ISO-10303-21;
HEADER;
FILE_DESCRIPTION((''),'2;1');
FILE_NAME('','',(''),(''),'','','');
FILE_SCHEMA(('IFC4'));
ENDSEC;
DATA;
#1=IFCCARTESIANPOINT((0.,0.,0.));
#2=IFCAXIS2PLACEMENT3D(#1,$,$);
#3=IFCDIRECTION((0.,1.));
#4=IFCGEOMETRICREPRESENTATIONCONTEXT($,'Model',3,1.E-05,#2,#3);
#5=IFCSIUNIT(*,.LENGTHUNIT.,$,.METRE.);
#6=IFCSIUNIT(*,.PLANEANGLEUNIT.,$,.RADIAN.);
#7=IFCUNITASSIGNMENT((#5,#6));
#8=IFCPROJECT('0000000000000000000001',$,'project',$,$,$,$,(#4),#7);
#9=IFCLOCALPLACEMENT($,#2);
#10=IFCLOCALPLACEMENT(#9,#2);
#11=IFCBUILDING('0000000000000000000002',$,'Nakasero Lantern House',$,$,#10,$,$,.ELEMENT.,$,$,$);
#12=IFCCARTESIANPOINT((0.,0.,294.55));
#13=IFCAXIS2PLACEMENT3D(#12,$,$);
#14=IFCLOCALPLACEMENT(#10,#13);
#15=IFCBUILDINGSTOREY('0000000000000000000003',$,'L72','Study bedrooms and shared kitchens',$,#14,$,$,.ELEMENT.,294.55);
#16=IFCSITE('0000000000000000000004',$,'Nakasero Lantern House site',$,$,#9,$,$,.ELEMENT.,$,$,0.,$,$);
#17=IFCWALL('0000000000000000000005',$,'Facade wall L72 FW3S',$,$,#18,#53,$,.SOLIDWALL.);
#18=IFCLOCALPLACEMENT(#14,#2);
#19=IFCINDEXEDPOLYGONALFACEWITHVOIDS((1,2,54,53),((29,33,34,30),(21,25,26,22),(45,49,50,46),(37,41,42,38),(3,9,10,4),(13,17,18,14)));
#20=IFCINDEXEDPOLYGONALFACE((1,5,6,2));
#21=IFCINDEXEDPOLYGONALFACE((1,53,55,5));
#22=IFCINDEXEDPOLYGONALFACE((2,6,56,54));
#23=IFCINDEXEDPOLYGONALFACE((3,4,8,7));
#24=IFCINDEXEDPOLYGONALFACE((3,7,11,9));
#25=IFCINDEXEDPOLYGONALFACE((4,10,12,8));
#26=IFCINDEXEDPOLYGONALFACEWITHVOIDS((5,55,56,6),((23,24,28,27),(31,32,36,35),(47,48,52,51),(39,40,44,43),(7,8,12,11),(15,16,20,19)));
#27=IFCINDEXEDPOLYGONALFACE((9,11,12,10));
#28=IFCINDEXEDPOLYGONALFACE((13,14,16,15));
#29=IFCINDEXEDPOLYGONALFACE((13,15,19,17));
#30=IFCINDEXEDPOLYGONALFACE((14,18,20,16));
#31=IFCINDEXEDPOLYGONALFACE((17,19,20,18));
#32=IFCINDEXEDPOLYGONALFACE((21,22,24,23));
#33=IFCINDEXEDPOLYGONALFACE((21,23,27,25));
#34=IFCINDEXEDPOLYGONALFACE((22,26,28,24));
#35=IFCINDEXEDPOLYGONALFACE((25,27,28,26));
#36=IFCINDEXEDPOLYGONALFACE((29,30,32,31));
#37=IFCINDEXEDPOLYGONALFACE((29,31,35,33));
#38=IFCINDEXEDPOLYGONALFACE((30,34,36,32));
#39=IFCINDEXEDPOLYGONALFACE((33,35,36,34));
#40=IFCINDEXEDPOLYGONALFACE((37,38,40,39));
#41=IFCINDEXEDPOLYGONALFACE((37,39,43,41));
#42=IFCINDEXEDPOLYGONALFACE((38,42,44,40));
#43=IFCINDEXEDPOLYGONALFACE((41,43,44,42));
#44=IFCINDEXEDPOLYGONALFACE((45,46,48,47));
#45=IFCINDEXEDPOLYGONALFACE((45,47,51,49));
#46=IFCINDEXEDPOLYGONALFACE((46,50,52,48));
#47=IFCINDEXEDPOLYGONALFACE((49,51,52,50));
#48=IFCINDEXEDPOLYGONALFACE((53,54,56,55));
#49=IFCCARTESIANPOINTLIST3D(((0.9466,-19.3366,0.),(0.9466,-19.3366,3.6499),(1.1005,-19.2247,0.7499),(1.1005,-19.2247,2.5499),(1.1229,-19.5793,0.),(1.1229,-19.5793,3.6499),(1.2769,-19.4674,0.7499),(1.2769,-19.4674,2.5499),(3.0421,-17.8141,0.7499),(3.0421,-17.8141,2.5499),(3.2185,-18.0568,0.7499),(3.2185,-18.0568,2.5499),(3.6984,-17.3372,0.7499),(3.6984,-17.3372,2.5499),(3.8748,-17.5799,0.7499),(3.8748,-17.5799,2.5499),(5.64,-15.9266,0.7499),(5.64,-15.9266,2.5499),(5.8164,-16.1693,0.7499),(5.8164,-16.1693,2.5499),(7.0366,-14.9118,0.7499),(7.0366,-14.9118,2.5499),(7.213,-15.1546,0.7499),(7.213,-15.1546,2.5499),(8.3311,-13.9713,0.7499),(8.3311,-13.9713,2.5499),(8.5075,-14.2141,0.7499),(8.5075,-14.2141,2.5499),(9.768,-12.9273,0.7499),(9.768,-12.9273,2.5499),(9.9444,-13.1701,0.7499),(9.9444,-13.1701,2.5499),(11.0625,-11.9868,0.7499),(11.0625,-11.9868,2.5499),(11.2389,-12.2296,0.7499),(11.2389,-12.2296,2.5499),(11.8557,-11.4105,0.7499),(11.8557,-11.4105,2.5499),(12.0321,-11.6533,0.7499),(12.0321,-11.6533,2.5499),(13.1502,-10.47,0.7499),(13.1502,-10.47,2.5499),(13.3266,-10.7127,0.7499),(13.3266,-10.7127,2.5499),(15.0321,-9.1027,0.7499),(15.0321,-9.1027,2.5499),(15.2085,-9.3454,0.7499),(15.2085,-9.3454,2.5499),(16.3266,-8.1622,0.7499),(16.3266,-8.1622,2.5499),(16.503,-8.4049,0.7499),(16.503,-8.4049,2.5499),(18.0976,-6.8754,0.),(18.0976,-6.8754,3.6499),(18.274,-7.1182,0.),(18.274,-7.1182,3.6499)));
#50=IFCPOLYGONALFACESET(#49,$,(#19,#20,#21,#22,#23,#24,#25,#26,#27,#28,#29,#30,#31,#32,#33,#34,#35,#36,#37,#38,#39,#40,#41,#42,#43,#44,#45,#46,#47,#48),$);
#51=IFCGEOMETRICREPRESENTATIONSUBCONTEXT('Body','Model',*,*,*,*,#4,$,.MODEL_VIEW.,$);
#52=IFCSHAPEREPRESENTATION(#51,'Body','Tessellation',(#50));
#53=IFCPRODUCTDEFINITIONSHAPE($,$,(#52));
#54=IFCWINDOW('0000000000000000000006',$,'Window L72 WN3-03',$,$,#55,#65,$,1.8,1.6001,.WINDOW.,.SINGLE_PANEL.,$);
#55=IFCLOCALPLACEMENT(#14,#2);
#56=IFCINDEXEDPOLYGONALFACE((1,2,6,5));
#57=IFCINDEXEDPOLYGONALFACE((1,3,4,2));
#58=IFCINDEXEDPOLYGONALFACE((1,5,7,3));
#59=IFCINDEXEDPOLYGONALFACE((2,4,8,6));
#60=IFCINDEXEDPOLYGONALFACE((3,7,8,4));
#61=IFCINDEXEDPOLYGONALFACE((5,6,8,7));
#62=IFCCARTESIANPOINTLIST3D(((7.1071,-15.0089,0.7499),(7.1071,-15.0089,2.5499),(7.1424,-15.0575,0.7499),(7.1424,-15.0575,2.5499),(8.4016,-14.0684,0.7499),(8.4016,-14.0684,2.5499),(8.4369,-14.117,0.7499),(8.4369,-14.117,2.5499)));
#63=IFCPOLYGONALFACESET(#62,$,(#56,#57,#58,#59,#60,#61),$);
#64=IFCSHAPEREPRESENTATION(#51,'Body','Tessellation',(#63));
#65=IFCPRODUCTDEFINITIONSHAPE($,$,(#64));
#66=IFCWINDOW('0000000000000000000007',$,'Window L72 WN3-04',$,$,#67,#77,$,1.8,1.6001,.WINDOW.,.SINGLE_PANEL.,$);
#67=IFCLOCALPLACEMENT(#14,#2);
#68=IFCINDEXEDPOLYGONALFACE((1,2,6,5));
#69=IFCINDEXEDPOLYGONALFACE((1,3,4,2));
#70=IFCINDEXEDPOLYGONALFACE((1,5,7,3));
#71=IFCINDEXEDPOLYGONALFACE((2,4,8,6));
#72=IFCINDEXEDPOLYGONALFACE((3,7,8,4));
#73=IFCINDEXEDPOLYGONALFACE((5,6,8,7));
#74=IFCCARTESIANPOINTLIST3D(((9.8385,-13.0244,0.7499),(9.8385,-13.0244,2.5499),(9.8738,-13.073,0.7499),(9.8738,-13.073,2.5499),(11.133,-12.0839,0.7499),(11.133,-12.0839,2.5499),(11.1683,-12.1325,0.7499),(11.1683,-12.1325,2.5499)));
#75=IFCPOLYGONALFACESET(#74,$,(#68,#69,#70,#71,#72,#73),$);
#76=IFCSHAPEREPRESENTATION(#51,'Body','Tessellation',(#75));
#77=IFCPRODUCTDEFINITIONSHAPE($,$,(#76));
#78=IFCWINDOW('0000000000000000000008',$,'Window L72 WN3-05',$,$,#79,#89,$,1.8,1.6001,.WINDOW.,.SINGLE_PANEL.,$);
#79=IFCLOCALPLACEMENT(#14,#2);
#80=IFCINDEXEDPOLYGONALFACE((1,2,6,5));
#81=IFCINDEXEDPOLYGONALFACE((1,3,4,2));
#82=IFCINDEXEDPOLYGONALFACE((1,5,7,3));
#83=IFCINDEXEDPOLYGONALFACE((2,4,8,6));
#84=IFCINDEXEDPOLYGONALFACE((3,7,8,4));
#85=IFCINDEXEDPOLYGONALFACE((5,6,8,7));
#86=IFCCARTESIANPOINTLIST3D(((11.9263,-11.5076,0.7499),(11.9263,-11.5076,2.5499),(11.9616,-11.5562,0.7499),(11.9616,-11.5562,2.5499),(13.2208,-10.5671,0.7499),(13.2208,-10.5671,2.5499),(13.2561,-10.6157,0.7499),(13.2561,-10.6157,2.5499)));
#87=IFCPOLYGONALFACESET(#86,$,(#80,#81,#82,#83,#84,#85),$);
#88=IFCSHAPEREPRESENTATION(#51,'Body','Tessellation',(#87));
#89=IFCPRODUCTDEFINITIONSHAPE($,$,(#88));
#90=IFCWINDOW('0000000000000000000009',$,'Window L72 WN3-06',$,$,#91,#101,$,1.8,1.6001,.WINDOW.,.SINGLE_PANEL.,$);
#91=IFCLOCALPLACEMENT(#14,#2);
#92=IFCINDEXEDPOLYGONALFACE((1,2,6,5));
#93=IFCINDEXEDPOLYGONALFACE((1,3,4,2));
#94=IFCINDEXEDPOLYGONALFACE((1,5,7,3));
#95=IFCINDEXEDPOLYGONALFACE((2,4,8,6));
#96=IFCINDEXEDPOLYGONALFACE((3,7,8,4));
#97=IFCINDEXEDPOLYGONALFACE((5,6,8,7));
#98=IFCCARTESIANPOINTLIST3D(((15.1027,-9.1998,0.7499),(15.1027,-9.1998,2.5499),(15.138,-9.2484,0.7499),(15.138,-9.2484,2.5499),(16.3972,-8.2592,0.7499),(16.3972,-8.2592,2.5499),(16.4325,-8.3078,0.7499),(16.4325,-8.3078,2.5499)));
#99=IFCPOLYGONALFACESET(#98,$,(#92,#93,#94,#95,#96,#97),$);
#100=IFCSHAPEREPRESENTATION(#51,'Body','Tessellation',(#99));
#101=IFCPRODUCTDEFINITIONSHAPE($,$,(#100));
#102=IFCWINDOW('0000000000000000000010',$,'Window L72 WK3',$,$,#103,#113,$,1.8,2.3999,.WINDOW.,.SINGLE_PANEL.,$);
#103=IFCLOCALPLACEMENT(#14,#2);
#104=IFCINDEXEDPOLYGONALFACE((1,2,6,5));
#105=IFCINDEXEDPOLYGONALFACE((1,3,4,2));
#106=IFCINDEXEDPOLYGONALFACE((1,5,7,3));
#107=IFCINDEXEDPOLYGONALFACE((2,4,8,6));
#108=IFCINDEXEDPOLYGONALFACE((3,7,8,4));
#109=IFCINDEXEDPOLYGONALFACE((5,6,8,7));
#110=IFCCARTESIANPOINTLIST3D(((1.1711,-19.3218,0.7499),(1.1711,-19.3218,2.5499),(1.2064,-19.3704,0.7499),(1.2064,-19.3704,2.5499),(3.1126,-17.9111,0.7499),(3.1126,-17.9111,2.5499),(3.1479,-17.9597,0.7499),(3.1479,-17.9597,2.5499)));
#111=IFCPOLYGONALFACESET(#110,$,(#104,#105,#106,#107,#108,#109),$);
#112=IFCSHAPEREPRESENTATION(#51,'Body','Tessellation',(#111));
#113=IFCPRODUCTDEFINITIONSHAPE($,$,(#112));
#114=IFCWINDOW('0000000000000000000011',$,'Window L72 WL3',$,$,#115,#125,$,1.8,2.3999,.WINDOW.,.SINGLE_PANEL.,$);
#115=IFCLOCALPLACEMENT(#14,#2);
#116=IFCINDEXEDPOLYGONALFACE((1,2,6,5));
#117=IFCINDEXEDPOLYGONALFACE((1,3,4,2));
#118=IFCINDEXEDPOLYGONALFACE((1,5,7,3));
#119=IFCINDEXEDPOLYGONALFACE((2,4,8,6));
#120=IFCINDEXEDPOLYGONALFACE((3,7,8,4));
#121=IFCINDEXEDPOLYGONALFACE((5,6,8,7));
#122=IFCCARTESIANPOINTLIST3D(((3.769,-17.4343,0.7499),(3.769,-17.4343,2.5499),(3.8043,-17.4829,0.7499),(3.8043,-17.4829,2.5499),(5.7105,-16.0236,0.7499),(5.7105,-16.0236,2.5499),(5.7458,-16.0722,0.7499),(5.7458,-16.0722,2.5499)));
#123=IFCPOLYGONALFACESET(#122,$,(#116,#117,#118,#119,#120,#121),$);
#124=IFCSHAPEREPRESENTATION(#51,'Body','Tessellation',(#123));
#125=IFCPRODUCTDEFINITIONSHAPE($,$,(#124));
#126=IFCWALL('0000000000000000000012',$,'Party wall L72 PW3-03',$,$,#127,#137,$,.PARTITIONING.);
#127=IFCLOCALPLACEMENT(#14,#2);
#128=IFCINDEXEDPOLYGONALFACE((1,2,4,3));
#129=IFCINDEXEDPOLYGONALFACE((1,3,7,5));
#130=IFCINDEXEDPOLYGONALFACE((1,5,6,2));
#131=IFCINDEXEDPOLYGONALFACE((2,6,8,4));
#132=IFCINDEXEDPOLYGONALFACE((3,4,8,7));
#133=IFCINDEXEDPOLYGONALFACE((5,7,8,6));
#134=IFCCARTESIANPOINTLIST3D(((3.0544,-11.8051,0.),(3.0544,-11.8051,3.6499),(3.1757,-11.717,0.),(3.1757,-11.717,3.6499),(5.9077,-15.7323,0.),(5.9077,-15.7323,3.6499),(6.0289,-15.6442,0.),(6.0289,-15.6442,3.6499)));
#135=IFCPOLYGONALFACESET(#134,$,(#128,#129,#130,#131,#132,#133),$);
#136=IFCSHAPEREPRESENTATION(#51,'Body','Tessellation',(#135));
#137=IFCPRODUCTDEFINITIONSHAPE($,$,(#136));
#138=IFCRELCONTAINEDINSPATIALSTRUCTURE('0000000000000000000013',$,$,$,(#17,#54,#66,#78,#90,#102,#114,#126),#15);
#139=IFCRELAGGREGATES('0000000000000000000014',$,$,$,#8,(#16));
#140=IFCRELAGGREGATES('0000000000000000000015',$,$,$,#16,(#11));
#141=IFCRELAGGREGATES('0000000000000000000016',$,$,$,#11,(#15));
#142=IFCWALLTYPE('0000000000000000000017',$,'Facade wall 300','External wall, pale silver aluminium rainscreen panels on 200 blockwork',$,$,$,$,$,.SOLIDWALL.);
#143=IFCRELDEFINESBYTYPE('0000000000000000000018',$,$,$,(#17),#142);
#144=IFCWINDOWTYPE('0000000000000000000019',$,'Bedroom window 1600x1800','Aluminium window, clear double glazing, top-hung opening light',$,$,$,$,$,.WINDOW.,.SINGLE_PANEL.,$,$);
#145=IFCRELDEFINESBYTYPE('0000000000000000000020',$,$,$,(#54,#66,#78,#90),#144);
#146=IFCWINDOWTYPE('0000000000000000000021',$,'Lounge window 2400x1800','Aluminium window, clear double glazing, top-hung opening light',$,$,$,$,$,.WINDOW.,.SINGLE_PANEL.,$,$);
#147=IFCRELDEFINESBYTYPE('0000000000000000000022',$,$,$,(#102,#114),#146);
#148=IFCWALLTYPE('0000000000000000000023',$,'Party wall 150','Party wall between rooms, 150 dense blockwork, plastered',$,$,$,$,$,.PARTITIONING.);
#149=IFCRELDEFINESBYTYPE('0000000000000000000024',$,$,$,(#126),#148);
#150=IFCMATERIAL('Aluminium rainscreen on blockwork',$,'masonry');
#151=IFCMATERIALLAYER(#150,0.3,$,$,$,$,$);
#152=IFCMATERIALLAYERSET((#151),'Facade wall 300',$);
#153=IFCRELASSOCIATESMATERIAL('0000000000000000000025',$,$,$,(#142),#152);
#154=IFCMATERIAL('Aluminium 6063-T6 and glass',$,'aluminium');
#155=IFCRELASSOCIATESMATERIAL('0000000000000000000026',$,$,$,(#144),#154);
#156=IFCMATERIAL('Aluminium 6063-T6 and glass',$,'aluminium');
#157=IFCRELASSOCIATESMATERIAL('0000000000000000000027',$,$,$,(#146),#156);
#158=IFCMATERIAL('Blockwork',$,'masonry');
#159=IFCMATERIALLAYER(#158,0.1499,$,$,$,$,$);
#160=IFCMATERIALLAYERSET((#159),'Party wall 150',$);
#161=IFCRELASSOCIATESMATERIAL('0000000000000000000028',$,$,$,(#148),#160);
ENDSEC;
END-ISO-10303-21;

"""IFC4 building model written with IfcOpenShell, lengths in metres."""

from ifc_helpers import new_model, si_unit, direction, frame, frame_2d, origin, place, context, subcontext, project, spatial, rectangle, extrude, material, layer, layer_set, type_object, element, fill, save


model = new_model("IFC4")

# Units and contexts
model_context = context("Model", 3, precision=1e-05, world=origin(), true_north=direction((0.0, 1.0)))
body_context = subcontext(model_context, "Body", "Model", "MODEL_VIEW")
ifc_project = project(units=[si_unit("LENGTHUNIT", "METRE"), si_unit("PLANEANGLEUNIT", "RADIAN")], contexts=[model_context])

# Site, building, storey
site_placement = place(None, origin())
site = spatial("IfcSite", under=ifc_project, at=site_placement, Name="Nakasero Lantern House site", CompositionType="ELEMENT", RefElevation=0.0)
building_placement = place(site_placement, origin())
building = spatial("IfcBuilding", under=site, at=building_placement, Name="Nakasero Lantern House", CompositionType="ELEMENT")
storey_placement = place(building_placement, frame((0.0, 0.0, 294.55)))
storey = spatial("IfcBuildingStorey", under=building, at=storey_placement, Name="L72", Description="Study bedrooms and shared kitchens", CompositionType="ELEMENT", Elevation=294.55)

# Wall, openings, windows
ifc_material_1 = material(Name="Aluminium rainscreen on blockwork", Category="masonry")
ifc_layer_1 = layer(ifc_material_1, 0.3)
ifc_layer_set_1 = layer_set([ifc_layer_1], Name="Facade wall 300")
wall_type_1 = type_object("IfcWallType", Name="Facade wall 300", Description="External wall, pale silver aluminium rainscreen panels on 200 blockwork", PredefinedType="SOLIDWALL", material=ifc_layer_set_1)
wall_1_placement = place(storey_placement, frame((1.0347, -19.458, 0.0), z_axis=(0.0, 0.0, 1.0), x_axis=(0.809013, 0.58779, 0.0)))
wall_1 = element("IfcWall", 1, at=wall_1_placement, inside=storey, type_object=wall_type_1, Name="Facade wall L72 FW3S", PredefinedType="SOLIDWALL", context=body_context, shape_type="SweptSolid", body=[
    extrude(rectangle(XDim=21.2, YDim=0.3, at=frame_2d((10.6001, 0.0))), origin(), (0.0, 0.0, 1.0), 3.6499),
])
opening_1_placement = place(wall_1_placement, frame((7.5278, 0.0, 0.75)))
opening_1 = element("IfcOpeningElement", 2, at=opening_1_placement, cuts=wall_1, PredefinedType="OPENING", context=body_context, shape_type="SweptSolid", body=[
    extrude(rectangle(XDim=1.6001, YDim=1.8, at=frame_2d((0.8, 0.8999))), frame((0.0, 0.1699, 0.0), z_axis=(0.0, -1.0, 0.0), x_axis=(1.0, 0.0, 0.0)), (0.0, 0.0, 1.0), 0.3401),
])
opening_2_placement = place(wall_1_placement, frame((10.9041, 0.0, 0.75)))
opening_2 = element("IfcOpeningElement", 3, at=opening_2_placement, cuts=wall_1, PredefinedType="OPENING", context=body_context, shape_type="SweptSolid", body=[
    extrude(rectangle(XDim=1.6001, YDim=1.8, at=frame_2d((0.8, 0.8999))), frame((0.0, 0.1699, 0.0), z_axis=(0.0, -1.0, 0.0), x_axis=(1.0, 0.0, 0.0)), (0.0, 0.0, 1.0), 0.3401),
])
opening_3_placement = place(wall_1_placement, frame((13.4846, 0.0, 0.75)))
opening_3 = element("IfcOpeningElement", 4, at=opening_3_placement, cuts=wall_1, PredefinedType="OPENING", context=body_context, shape_type="SweptSolid", body=[
    extrude(rectangle(XDim=1.6001, YDim=1.8, at=frame_2d((0.8, 0.8999))), frame((0.0, 0.1699, 0.0), z_axis=(0.0, -1.0, 0.0), x_axis=(1.0, 0.0, 0.0)), (0.0, 0.0, 1.0), 0.3401),
])
opening_4_placement = place(wall_1_placement, frame((17.4109, 0.0, 0.75)))
opening_4 = element("IfcOpeningElement", 5, at=opening_4_placement, cuts=wall_1, PredefinedType="OPENING", context=body_context, shape_type="SweptSolid", body=[
    extrude(rectangle(XDim=1.6001, YDim=1.8, at=frame_2d((0.8, 0.8999))), frame((0.0, 0.1699, 0.0), z_axis=(0.0, -1.0, 0.0), x_axis=(1.0, 0.0, 0.0)), (0.0, 0.0, 1.0), 0.3401),
])
opening_5_placement = place(wall_1_placement, frame((0.1904, 0.0, 0.75)))
opening_5 = element("IfcOpeningElement", 6, at=opening_5_placement, cuts=wall_1, PredefinedType="OPENING", context=body_context, shape_type="SweptSolid", body=[
    extrude(rectangle(XDim=2.3999, YDim=1.8, at=frame_2d((1.2, 0.8999))), frame((0.0, 0.1699, 0.0), z_axis=(0.0, -1.0, 0.0), x_axis=(1.0, 0.0, 0.0)), (0.0, 0.0, 1.0), 0.3401),
])
opening_6_placement = place(wall_1_placement, frame((3.4016, 0.0, 0.75)))
opening_6 = element("IfcOpeningElement", 7, at=opening_6_placement, cuts=wall_1, PredefinedType="OPENING", context=body_context, shape_type="SweptSolid", body=[
    extrude(rectangle(XDim=2.3999, YDim=1.8, at=frame_2d((1.2, 0.8999))), frame((0.0, 0.1699, 0.0), z_axis=(0.0, -1.0, 0.0), x_axis=(1.0, 0.0, 0.0)), (0.0, 0.0, 1.0), 0.3401),
])
ifc_material_2 = material(Name="Aluminium 6063-T6 and glass", Category="aluminium")
window_type_1 = type_object("IfcWindowType", Name="Bedroom window 1600x1800", Description="Aluminium window, clear double glazing, top-hung opening light", PartitioningType="SINGLE_PANEL", PredefinedType="WINDOW", material=ifc_material_2)
window_1_placement = place(opening_1_placement, origin())
window_1 = element("IfcWindow", 8, at=window_1_placement, inside=storey, type_object=window_type_1, Name="Window L72 WN3-03", OverallHeight=1.8, OverallWidth=1.6001, PartitioningType="SINGLE_PANEL", PredefinedType="WINDOW", context=body_context, shape_type="SweptSolid", body=[
    extrude(rectangle(XDim=1.6001, YDim=1.8, at=frame_2d((0.8, 0.8999))), frame((0.0, 0.03, 0.0), z_axis=(0.0, -1.0, 0.0), x_axis=(1.0, 0.0, 0.0)), (0.0, 0.0, 1.0), 0.0601),
])
fill(opening_1, window_1)
window_2_placement = place(opening_2_placement, origin())
window_2 = element("IfcWindow", 9, at=window_2_placement, inside=storey, type_object=window_type_1, Name="Window L72 WN3-04", OverallHeight=1.8, OverallWidth=1.6001, PartitioningType="SINGLE_PANEL", PredefinedType="WINDOW", context=body_context, shape_type="SweptSolid", body=[
    extrude(rectangle(XDim=1.6001, YDim=1.8, at=frame_2d((0.8, 0.8999))), frame((0.0, 0.03, 0.0), z_axis=(0.0, -1.0, 0.0), x_axis=(1.0, 0.0, 0.0)), (0.0, 0.0, 1.0), 0.0601),
])
fill(opening_2, window_2)
window_3_placement = place(opening_3_placement, origin())
window_3 = element("IfcWindow", 10, at=window_3_placement, inside=storey, type_object=window_type_1, Name="Window L72 WN3-05", OverallHeight=1.8, OverallWidth=1.6001, PartitioningType="SINGLE_PANEL", PredefinedType="WINDOW", context=body_context, shape_type="SweptSolid", body=[
    extrude(rectangle(XDim=1.6001, YDim=1.8, at=frame_2d((0.8, 0.8999))), frame((0.0, 0.03, 0.0), z_axis=(0.0, -1.0, 0.0), x_axis=(1.0, 0.0, 0.0)), (0.0, 0.0, 1.0), 0.0601),
])
fill(opening_3, window_3)
window_4_placement = place(opening_4_placement, origin())
window_4 = element("IfcWindow", 11, at=window_4_placement, inside=storey, type_object=window_type_1, Name="Window L72 WN3-06", OverallHeight=1.8, OverallWidth=1.6001, PartitioningType="SINGLE_PANEL", PredefinedType="WINDOW", context=body_context, shape_type="SweptSolid", body=[
    extrude(rectangle(XDim=1.6001, YDim=1.8, at=frame_2d((0.8, 0.8999))), frame((0.0, 0.03, 0.0), z_axis=(0.0, -1.0, 0.0), x_axis=(1.0, 0.0, 0.0)), (0.0, 0.0, 1.0), 0.0601),
])
fill(opening_4, window_4)
ifc_material_3 = material(Name="Aluminium 6063-T6 and glass", Category="aluminium")
window_type_2 = type_object("IfcWindowType", Name="Lounge window 2400x1800", Description="Aluminium window, clear double glazing, top-hung opening light", PartitioningType="SINGLE_PANEL", PredefinedType="WINDOW", material=ifc_material_3)
window_5_placement = place(opening_5_placement, origin())
window_5 = element("IfcWindow", 12, at=window_5_placement, inside=storey, type_object=window_type_2, Name="Window L72 WK3", OverallHeight=1.8, OverallWidth=2.3999, PartitioningType="SINGLE_PANEL", PredefinedType="WINDOW", context=body_context, shape_type="SweptSolid", body=[
    extrude(rectangle(XDim=2.3999, YDim=1.8, at=frame_2d((1.2, 0.8999))), frame((0.0, 0.03, 0.0), z_axis=(0.0, -1.0, 0.0), x_axis=(1.0, 0.0, 0.0)), (0.0, 0.0, 1.0), 0.0601),
])
fill(opening_5, window_5)
window_6_placement = place(opening_6_placement, origin())
window_6 = element("IfcWindow", 13, at=window_6_placement, inside=storey, type_object=window_type_2, Name="Window L72 WL3", OverallHeight=1.8, OverallWidth=2.3999, PartitioningType="SINGLE_PANEL", PredefinedType="WINDOW", context=body_context, shape_type="SweptSolid", body=[
    extrude(rectangle(XDim=2.3999, YDim=1.8, at=frame_2d((1.2, 0.8999))), frame((0.0, 0.03, 0.0), z_axis=(0.0, -1.0, 0.0), x_axis=(1.0, 0.0, 0.0)), (0.0, 0.0, 1.0), 0.0601),
])
fill(opening_6, window_6)

# Wall
ifc_material_4 = material(Name="Blockwork", Category="masonry")
ifc_layer_2 = layer(ifc_material_4, 0.1499)
ifc_layer_set_2 = layer_set([ifc_layer_2], Name="Party wall 150")
wall_type_2 = type_object("IfcWallType", Name="Party wall 150", Description="Party wall between rooms, 150 dense blockwork, plastered", PredefinedType="PARTITIONING", material=ifc_layer_set_2)
wall_2_placement = place(storey_placement, frame((3.115, -11.761, 0.0), z_axis=(0.0, 0.0, 1.0), x_axis=(0.58778, -0.809021, 0.0)))
element("IfcWall", 14, at=wall_2_placement, inside=storey, type_object=wall_type_2, Name="Party wall L72 PW3-03", PredefinedType="PARTITIONING", context=body_context, shape_type="SweptSolid", body=[
    extrude(rectangle(XDim=4.8542, YDim=0.1499, at=frame_2d((2.4272, 0.0))), origin(), (0.0, 0.0, 1.0), 3.6499),
])

save(model, "model.ifc")
